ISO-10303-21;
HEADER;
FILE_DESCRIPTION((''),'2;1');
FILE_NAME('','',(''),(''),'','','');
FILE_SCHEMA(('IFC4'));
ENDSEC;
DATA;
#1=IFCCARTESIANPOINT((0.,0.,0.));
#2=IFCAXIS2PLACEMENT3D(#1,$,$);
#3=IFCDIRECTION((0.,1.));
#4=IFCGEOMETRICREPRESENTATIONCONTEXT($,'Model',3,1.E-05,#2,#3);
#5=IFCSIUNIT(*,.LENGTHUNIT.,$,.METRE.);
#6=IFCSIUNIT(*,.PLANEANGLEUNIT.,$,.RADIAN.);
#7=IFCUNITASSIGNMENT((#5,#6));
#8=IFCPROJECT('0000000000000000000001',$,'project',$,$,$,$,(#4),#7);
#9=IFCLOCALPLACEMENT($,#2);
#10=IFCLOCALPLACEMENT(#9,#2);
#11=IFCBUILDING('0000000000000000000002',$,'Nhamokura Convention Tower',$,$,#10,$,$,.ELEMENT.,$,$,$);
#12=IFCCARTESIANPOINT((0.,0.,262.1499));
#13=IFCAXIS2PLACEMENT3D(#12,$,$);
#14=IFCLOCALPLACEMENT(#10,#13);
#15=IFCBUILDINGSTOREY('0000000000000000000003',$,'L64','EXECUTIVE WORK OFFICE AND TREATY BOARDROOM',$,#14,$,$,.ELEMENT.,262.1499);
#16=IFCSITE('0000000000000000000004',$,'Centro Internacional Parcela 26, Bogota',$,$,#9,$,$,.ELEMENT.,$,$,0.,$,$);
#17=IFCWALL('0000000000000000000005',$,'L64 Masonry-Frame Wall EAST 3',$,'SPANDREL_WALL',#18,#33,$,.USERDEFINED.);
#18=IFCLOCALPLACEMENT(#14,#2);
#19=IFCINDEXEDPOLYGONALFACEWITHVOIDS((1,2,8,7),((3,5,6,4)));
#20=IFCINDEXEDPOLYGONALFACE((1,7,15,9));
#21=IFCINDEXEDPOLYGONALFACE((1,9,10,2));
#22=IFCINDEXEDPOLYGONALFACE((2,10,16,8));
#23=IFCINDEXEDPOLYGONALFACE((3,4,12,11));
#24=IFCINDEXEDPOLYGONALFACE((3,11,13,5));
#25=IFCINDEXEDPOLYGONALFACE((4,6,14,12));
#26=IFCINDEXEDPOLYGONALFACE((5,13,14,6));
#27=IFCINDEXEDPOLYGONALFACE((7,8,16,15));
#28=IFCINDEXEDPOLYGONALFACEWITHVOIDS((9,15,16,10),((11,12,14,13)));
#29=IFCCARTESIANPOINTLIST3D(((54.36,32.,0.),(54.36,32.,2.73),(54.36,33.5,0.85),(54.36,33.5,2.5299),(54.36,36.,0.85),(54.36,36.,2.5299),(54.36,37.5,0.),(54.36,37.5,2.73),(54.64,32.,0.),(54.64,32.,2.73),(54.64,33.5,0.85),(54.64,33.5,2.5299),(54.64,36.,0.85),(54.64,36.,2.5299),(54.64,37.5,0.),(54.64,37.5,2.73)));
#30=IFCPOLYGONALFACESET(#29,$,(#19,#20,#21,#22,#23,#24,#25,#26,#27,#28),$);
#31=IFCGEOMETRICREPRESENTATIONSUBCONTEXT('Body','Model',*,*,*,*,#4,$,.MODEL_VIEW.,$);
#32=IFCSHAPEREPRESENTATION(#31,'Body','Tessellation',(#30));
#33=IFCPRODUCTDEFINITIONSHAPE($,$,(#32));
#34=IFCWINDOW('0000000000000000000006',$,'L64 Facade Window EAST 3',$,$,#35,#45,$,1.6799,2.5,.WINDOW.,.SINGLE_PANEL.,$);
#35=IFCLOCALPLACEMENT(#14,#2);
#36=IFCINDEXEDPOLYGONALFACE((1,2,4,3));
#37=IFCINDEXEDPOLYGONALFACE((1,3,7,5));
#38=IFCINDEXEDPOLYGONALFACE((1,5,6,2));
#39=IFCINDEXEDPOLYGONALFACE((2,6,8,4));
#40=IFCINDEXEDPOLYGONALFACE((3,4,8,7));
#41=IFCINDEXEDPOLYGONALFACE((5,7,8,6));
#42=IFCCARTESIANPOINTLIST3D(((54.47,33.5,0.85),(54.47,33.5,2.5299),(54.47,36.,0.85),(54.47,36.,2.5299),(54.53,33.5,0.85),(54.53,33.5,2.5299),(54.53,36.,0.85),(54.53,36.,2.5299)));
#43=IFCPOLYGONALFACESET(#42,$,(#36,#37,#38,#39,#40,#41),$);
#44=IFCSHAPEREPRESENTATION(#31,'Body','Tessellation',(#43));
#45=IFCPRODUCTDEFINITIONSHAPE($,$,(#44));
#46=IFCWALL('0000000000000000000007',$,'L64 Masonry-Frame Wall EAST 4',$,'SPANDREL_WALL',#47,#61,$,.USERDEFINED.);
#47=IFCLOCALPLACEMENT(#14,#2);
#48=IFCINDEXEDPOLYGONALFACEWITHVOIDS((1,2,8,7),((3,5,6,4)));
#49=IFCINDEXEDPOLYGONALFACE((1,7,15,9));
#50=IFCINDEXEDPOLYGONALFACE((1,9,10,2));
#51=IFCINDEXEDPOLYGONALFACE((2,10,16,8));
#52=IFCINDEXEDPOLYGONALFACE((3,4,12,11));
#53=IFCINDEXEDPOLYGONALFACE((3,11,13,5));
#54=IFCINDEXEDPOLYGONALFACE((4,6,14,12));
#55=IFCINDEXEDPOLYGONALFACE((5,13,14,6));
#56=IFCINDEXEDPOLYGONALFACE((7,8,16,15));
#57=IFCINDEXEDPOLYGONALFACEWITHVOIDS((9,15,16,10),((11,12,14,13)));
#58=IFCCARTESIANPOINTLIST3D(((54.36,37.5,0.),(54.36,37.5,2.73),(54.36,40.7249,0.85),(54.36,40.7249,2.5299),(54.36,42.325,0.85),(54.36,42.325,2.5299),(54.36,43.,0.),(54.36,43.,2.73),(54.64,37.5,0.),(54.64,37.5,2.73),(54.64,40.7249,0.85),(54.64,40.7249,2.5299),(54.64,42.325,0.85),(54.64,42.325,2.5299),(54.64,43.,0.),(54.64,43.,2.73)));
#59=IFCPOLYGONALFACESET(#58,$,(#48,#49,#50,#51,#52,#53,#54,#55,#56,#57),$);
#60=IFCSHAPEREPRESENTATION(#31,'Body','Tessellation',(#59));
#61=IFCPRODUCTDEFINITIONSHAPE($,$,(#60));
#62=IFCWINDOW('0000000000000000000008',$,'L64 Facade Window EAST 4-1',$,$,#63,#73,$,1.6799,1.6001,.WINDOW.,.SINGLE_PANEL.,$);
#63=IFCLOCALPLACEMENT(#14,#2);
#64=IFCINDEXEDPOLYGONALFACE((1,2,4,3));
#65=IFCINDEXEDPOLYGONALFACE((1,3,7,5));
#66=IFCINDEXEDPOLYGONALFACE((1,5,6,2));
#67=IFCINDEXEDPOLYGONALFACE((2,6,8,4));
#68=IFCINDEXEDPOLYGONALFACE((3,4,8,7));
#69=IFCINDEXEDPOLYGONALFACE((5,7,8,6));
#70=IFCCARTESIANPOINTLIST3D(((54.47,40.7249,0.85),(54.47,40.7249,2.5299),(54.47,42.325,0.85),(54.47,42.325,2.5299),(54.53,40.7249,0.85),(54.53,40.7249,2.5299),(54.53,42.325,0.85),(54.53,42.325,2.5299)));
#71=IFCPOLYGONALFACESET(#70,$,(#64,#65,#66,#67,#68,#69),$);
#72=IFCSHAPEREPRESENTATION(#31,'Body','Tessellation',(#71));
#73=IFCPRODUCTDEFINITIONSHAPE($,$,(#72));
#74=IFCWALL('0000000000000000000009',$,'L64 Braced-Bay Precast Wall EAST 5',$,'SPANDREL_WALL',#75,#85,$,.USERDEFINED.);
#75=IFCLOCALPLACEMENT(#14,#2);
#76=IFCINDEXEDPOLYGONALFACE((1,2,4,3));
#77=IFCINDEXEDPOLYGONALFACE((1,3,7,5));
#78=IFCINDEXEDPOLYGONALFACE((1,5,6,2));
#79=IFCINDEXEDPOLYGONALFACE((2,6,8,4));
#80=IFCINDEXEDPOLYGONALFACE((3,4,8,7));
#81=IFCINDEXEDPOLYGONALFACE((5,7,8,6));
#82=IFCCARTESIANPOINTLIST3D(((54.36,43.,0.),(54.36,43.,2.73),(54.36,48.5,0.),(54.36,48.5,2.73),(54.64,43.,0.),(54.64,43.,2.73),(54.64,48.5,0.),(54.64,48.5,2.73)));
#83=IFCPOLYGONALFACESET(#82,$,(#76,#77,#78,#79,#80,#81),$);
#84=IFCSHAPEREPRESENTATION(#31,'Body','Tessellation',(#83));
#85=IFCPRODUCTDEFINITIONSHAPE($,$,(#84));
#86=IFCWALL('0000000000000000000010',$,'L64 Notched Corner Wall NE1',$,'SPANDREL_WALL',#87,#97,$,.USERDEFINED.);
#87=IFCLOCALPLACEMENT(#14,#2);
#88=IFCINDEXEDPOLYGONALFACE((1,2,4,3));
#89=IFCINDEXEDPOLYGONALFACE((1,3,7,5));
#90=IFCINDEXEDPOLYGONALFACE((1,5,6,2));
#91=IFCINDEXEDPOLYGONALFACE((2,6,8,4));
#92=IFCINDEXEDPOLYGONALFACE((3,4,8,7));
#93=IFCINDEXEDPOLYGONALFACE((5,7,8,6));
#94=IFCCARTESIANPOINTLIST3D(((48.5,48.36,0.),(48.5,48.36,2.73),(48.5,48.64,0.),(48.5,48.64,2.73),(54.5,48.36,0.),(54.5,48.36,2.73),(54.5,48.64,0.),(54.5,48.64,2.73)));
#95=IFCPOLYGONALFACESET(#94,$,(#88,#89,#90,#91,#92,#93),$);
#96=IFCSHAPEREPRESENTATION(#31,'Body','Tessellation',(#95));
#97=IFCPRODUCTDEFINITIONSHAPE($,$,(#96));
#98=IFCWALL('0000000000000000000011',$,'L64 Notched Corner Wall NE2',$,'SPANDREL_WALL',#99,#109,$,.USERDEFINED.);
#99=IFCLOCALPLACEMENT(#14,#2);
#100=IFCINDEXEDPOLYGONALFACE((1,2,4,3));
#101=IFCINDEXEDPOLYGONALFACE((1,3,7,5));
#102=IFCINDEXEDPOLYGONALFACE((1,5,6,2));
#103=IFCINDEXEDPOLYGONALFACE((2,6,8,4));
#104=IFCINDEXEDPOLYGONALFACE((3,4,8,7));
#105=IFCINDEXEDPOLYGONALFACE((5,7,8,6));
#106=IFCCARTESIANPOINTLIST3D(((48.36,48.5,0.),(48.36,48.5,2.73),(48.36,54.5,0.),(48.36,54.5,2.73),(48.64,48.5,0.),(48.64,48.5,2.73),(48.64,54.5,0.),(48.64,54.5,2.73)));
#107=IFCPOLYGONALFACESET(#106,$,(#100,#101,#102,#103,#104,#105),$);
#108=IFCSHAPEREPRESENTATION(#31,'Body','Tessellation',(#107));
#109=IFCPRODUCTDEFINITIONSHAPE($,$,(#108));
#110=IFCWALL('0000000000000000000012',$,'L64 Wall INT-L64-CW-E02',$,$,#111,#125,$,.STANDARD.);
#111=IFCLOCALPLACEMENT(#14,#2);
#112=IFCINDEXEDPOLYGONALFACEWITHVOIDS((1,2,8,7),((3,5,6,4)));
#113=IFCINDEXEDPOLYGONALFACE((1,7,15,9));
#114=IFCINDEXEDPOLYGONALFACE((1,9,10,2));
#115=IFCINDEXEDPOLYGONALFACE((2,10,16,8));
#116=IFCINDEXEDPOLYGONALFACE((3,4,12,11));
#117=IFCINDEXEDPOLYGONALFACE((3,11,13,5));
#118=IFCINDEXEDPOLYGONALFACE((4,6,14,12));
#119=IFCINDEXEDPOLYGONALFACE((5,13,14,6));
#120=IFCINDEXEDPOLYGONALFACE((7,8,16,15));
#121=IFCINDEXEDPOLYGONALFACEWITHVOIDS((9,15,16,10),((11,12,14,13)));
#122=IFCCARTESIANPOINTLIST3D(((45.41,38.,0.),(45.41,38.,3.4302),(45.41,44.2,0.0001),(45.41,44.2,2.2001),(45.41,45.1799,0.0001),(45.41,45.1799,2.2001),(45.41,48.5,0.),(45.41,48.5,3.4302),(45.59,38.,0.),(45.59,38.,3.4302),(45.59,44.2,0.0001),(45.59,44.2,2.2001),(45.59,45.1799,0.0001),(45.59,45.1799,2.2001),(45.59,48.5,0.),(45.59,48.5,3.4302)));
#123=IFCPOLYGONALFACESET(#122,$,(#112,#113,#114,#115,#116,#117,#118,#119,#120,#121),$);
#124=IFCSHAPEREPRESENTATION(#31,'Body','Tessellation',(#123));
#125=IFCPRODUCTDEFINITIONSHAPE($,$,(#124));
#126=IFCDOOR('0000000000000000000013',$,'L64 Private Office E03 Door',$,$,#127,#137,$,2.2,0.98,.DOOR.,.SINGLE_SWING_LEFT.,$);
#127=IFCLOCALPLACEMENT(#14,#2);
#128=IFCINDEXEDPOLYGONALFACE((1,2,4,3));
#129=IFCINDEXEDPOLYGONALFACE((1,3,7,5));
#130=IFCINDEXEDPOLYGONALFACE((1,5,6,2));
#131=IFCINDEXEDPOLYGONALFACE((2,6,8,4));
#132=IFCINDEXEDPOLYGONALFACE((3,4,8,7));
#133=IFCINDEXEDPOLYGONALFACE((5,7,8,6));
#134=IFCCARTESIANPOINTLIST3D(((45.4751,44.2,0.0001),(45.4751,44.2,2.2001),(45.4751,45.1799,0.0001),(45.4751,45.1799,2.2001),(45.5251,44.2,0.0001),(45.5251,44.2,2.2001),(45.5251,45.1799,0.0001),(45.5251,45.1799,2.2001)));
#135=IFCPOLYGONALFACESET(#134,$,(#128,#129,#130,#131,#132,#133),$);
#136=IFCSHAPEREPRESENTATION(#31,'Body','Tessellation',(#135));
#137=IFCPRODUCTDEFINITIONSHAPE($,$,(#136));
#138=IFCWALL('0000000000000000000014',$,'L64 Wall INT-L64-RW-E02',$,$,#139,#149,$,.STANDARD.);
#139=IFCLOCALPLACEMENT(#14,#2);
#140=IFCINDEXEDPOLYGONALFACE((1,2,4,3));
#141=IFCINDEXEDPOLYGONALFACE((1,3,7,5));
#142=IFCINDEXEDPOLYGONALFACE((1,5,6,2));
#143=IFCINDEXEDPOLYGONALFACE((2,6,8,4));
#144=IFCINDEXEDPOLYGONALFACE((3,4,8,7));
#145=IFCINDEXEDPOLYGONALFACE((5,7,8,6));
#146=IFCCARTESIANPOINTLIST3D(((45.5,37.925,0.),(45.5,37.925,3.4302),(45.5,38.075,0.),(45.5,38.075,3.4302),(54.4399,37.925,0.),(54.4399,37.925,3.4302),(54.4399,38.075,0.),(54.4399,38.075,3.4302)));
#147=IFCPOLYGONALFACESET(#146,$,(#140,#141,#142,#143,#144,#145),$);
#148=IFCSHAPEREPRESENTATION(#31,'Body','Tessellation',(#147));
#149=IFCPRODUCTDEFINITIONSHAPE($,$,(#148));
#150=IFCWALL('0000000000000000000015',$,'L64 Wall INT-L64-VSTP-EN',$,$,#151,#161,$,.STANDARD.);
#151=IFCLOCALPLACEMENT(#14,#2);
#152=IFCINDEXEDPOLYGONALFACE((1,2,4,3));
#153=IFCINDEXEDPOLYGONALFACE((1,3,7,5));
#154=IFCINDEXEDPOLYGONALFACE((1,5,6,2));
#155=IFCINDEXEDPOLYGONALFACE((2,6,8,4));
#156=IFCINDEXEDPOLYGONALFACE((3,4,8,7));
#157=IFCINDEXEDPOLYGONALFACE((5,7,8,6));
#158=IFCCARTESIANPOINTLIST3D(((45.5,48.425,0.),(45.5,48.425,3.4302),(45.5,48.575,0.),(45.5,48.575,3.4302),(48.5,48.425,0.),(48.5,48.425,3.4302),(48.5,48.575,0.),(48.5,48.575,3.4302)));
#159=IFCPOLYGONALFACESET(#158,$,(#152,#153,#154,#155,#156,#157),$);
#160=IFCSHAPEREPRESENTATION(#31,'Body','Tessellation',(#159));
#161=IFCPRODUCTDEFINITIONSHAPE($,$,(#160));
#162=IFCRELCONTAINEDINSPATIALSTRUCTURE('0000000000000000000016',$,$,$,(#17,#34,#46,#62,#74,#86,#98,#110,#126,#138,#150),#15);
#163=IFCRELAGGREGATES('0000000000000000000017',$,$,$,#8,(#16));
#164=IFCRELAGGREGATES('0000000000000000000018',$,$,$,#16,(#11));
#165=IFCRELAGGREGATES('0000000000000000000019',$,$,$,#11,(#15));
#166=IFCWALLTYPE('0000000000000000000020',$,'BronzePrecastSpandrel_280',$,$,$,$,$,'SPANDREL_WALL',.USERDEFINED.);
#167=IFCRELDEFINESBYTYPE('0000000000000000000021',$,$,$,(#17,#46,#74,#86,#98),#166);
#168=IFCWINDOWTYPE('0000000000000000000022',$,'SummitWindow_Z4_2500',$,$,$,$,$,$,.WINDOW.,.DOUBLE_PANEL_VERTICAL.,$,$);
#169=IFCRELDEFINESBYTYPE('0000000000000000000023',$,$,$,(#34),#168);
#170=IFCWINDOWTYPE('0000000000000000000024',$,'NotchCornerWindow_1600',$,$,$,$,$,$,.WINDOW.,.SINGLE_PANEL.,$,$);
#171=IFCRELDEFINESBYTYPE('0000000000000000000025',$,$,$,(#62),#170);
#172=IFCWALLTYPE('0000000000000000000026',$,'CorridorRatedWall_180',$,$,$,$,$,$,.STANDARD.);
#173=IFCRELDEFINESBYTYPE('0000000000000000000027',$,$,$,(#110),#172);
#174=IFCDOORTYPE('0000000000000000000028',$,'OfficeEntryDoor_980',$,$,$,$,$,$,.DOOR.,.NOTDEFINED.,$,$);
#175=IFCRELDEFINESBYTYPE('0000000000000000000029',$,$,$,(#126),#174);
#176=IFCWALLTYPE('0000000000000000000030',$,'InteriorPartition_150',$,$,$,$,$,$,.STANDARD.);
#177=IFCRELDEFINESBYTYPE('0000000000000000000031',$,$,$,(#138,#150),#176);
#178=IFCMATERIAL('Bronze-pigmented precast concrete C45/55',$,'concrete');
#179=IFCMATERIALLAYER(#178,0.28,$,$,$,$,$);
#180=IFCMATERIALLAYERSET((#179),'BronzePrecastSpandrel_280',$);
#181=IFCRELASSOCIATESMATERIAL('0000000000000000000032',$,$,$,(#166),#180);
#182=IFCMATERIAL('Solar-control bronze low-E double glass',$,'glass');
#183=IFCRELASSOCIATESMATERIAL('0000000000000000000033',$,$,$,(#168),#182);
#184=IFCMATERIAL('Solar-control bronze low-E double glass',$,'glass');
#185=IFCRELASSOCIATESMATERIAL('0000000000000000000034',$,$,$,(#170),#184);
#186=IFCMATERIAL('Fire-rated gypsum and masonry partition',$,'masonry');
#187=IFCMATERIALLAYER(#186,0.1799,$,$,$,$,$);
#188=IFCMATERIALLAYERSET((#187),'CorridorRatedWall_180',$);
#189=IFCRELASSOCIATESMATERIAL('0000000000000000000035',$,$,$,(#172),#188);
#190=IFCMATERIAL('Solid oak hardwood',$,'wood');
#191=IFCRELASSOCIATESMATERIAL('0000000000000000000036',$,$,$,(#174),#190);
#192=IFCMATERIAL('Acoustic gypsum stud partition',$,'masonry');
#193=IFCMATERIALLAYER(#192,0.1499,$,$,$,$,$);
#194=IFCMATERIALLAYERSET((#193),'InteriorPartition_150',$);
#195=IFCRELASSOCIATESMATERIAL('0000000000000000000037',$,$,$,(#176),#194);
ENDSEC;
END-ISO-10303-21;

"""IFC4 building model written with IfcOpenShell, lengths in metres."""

from ifc_helpers import new_model, si_unit, direction, frame, frame_2d, origin, place, context, subcontext, project, spatial, rectangle, extrude, material, layer, layer_set, type_object, element, fill, save


model = new_model("IFC4")

# Units and contexts
model_context = context("Model", 3, precision=1e-05, world=origin(), true_north=direction((0.0, 1.0)))
body_context = subcontext(model_context, "Body", "Model", "MODEL_VIEW")
ifc_project = project(units=[si_unit("LENGTHUNIT", "METRE"), si_unit("PLANEANGLEUNIT", "RADIAN")], contexts=[model_context])

# Site, building, storey
site_placement = place(None, origin())
site = spatial("IfcSite", under=ifc_project, at=site_placement, Name="Centro Internacional Parcela 26, Bogota", CompositionType="ELEMENT", RefElevation=0.0)
building_placement = place(site_placement, origin())
building = spatial("IfcBuilding", under=site, at=building_placement, Name="Nhamokura Convention Tower", CompositionType="ELEMENT")
storey_placement = place(building_placement, frame((0.0, 0.0, 262.1499)))
storey = spatial("IfcBuildingStorey", under=building, at=storey_placement, Name="L64", Description="EXECUTIVE WORK OFFICE AND TREATY BOARDROOM", CompositionType="ELEMENT", Elevation=262.1499)

# Shared definitions
ifc_material_1 = material(Name="Bronze-pigmented precast concrete C45/55", Category="concrete")
ifc_layer_1 = layer(ifc_material_1, 0.28)
ifc_layer_set_1 = layer_set([ifc_layer_1], Name="BronzePrecastSpandrel_280")
wall_type_1 = type_object("IfcWallType", Name="BronzePrecastSpandrel_280", ElementType="SPANDREL_WALL", PredefinedType="USERDEFINED", material=ifc_layer_set_1)

# Walls, openings, windows
ifc_material_2 = material(Name="Solar-control bronze low-E double glass", Category="glass")
window_type_1 = type_object("IfcWindowType", Name="SummitWindow_Z4_2500", PartitioningType="DOUBLE_PANEL_VERTICAL", PredefinedType="WINDOW", material=ifc_material_2)
wall_1_placement = place(storey_placement, frame((54.5, 37.5, 0.0), z_axis=(0.0, 0.0, 1.0), x_axis=(0.0, -1.0, 0.0)))
wall_1 = element("IfcWall", 1, at=wall_1_placement, inside=storey, type_object=wall_type_1, Name="L64 Masonry-Frame Wall EAST 3", ObjectType="SPANDREL_WALL", PredefinedType="USERDEFINED", context=body_context, shape_type="SweptSolid", body=[
    extrude(rectangle(XDim=5.5, YDim=0.28, at=frame_2d((2.75, 0.0))), origin(), (0.0, 0.0, 1.0), 2.73),
])
opening_1_placement = place(wall_1_placement, frame((1.5, 0.0, 0.8501)))
opening_1 = element("IfcOpeningElement", 2, at=opening_1_placement, cuts=wall_1, PredefinedType="OPENING", context=body_context, shape_type="SweptSolid", body=[
    extrude(rectangle(XDim=2.5, YDim=1.6799, at=frame_2d((1.25, 0.8398))), frame((0.0, 0.1499, 0.0), z_axis=(0.0, -1.0, 0.0), x_axis=(1.0, 0.0, 0.0)), (0.0, 0.0, 1.0), 0.3),
])
window_1_placement = place(opening_1_placement, origin())
window_1 = element("IfcWindow", 3, at=window_1_placement, inside=storey, type_object=window_type_1, Name="L64 Facade Window EAST 3", OverallHeight=1.6799, OverallWidth=2.5, PartitioningType="SINGLE_PANEL", PredefinedType="WINDOW", context=body_context, shape_type="SweptSolid", body=[
    extrude(rectangle(XDim=2.5, YDim=1.6799, at=frame_2d((1.25, 0.8398))), frame((0.0, 0.03, 0.0), z_axis=(0.0, -1.0, 0.0), x_axis=(1.0, 0.0, 0.0)), (0.0, 0.0, 1.0), 0.0601),
])
fill(opening_1, window_1)
wall_2_placement = place(storey_placement, frame((54.5, 43.0, 0.0), z_axis=(0.0, 0.0, 1.0), x_axis=(0.0, -1.0, 0.0)))
wall_2 = element("IfcWall", 4, at=wall_2_placement, inside=storey, type_object=wall_type_1, Name="L64 Masonry-Frame Wall EAST 4", ObjectType="SPANDREL_WALL", PredefinedType="USERDEFINED", context=body_context, shape_type="SweptSolid", body=[
    extrude(rectangle(XDim=5.5, YDim=0.28, at=frame_2d((2.75, 0.0))), origin(), (0.0, 0.0, 1.0), 2.73),
])
opening_2_placement = place(wall_2_placement, frame((0.675, 0.0, 0.8501)))
opening_2 = element("IfcOpeningElement", 5, at=opening_2_placement, cuts=wall_2, PredefinedType="OPENING", context=body_context, shape_type="SweptSolid", body=[
    extrude(rectangle(XDim=1.6001, YDim=1.6799, at=frame_2d((0.8, 0.8398))), frame((0.0, 0.1499, 0.0), z_axis=(0.0, -1.0, 0.0), x_axis=(1.0, 0.0, 0.0)), (0.0, 0.0, 1.0), 0.3),
])
ifc_material_3 = material(Name="Solar-control bronze low-E double glass", Category="glass")
window_type_2 = type_object("IfcWindowType", Name="NotchCornerWindow_1600", PartitioningType="SINGLE_PANEL", PredefinedType="WINDOW", material=ifc_material_3)
window_2_placement = place(opening_2_placement, origin())
window_2 = element("IfcWindow", 6, at=window_2_placement, inside=storey, type_object=window_type_2, Name="L64 Facade Window EAST 4-1", OverallHeight=1.6799, OverallWidth=1.6001, PartitioningType="SINGLE_PANEL", PredefinedType="WINDOW", context=body_context, shape_type="SweptSolid", body=[
    extrude(rectangle(XDim=1.6001, YDim=1.6799, at=frame_2d((0.8, 0.8398))), frame((0.0, 0.03, 0.0), z_axis=(0.0, -1.0, 0.0), x_axis=(1.0, 0.0, 0.0)), (0.0, 0.0, 1.0), 0.0601),
])
fill(opening_2, window_2)

# Walls
wall_3_placement = place(storey_placement, frame((54.5, 48.5, 0.0), z_axis=(0.0, 0.0, 1.0), x_axis=(0.0, -1.0, 0.0)))
element("IfcWall", 7, at=wall_3_placement, inside=storey, type_object=wall_type_1, Name="L64 Braced-Bay Precast Wall EAST 5", ObjectType="SPANDREL_WALL", PredefinedType="USERDEFINED", context=body_context, shape_type="SweptSolid", body=[
    extrude(rectangle(XDim=5.5, YDim=0.28, at=frame_2d((2.75, 0.0))), origin(), (0.0, 0.0, 1.0), 2.73),
])
for number, where, z_axis, x_axis, name in (
    (8, (48.5, 48.5, 0.0), (0.0, 0.0, 1.0), (1.0, 0.0, 0.0), "L64 Notched Corner Wall NE1"),
    (9, (48.5, 54.5, 0.0), (0.0, 0.0, 1.0), (0.0, -1.0, 0.0), "L64 Notched Corner Wall NE2"),
):
    element("IfcWall", number, at=place(storey_placement, frame(where, z_axis=z_axis, x_axis=x_axis)), inside=storey, type_object=wall_type_1, Name=name, ObjectType="SPANDREL_WALL", PredefinedType="USERDEFINED", context=body_context, shape_type="SweptSolid", body=[
        extrude(rectangle(XDim=6.0, YDim=0.28, at=frame_2d((3.0, 0.0))), origin(), (0.0, 0.0, 1.0), 2.73),
    ])

# Wall, opening, door
ifc_material_4 = material(Name="Fire-rated gypsum and masonry partition", Category="masonry")
ifc_layer_2 = layer(ifc_material_4, 0.1799)
ifc_layer_set_2 = layer_set([ifc_layer_2], Name="CorridorRatedWall_180")
wall_type_2 = type_object("IfcWallType", Name="CorridorRatedWall_180", PredefinedType="STANDARD", material=ifc_layer_set_2)
wall_4_placement = place(storey_placement, frame((45.5, 38.0, 0.0), z_axis=(0.0, 0.0, 1.0), x_axis=(0.0, 1.0, 0.0)))
wall_4 = element("IfcWall", 10, at=wall_4_placement, inside=storey, type_object=wall_type_2, Name="L64 Wall INT-L64-CW-E02", PredefinedType="STANDARD", context=body_context, shape_type="SweptSolid", body=[
    extrude(rectangle(XDim=10.5, YDim=0.1799, at=frame_2d((5.25, 0.0))), origin(), (0.0, 0.0, 1.0), 3.4302),
])
opening_3_placement = place(wall_4_placement, frame((6.2, 0.0, 0.0)))
opening_3 = element("IfcOpeningElement", 11, at=opening_3_placement, cuts=wall_4, PredefinedType="OPENING", context=body_context, shape_type="SweptSolid", body=[
    extrude(rectangle(XDim=0.98, YDim=2.2, at=frame_2d((0.49, 1.1001))), frame((0.0, 0.0999, 0.0), z_axis=(0.0, -1.0, 0.0), x_axis=(1.0, 0.0, 0.0)), (0.0, 0.0, 1.0), 0.2),
])
ifc_material_5 = material(Name="Solid oak hardwood", Category="wood")
door_type = type_object("IfcDoorType", Name="OfficeEntryDoor_980", OperationType="NOTDEFINED", PredefinedType="DOOR", material=ifc_material_5)
door_placement = place(opening_3_placement, origin())
door = element("IfcDoor", 12, at=door_placement, inside=storey, type_object=door_type, Name="L64 Private Office E03 Door", OperationType="SINGLE_SWING_LEFT", OverallHeight=2.2, OverallWidth=0.98, PredefinedType="DOOR", context=body_context, shape_type="SweptSolid", body=[
    extrude(rectangle(XDim=0.98, YDim=2.2, at=frame_2d((0.49, 1.1001))), frame((0.0, 0.0249, 0.0), z_axis=(0.0, -1.0, 0.0), x_axis=(1.0, 0.0, 0.0)), (0.0, 0.0, 1.0), 0.05),
])
fill(opening_3, door)

# Walls
ifc_material_6 = material(Name="Acoustic gypsum stud partition", Category="masonry")
ifc_layer_3 = layer(ifc_material_6, 0.1499)
ifc_layer_set_3 = layer_set([ifc_layer_3], Name="InteriorPartition_150")
wall_type_3 = type_object("IfcWallType", Name="InteriorPartition_150", PredefinedType="STANDARD", material=ifc_layer_set_3)
wall_5_placement = place(storey_placement, frame((45.5, 38.0, 0.0), z_axis=(0.0, 0.0, 1.0), x_axis=(1.0, 0.0, 0.0)))
element("IfcWall", 13, at=wall_5_placement, inside=storey, type_object=wall_type_3, Name="L64 Wall INT-L64-RW-E02", PredefinedType="STANDARD", context=body_context, shape_type="SweptSolid", body=[
    extrude(rectangle(XDim=8.9399, YDim=0.1499, at=frame_2d((4.47, 0.0))), origin(), (0.0, 0.0, 1.0), 3.4302),
])
wall_6_placement = place(storey_placement, frame((45.5, 48.5, 0.0), z_axis=(0.0, 0.0, 1.0), x_axis=(1.0, 0.0, 0.0)))
element("IfcWall", 14, at=wall_6_placement, inside=storey, type_object=wall_type_3, Name="L64 Wall INT-L64-VSTP-EN", PredefinedType="STANDARD", context=body_context, shape_type="SweptSolid", body=[
    extrude(rectangle(XDim=3.0, YDim=0.1499, at=frame_2d((1.5, 0.0))), origin(), (0.0, 0.0, 1.0), 3.4302),
])

save(model, "model.ifc")
